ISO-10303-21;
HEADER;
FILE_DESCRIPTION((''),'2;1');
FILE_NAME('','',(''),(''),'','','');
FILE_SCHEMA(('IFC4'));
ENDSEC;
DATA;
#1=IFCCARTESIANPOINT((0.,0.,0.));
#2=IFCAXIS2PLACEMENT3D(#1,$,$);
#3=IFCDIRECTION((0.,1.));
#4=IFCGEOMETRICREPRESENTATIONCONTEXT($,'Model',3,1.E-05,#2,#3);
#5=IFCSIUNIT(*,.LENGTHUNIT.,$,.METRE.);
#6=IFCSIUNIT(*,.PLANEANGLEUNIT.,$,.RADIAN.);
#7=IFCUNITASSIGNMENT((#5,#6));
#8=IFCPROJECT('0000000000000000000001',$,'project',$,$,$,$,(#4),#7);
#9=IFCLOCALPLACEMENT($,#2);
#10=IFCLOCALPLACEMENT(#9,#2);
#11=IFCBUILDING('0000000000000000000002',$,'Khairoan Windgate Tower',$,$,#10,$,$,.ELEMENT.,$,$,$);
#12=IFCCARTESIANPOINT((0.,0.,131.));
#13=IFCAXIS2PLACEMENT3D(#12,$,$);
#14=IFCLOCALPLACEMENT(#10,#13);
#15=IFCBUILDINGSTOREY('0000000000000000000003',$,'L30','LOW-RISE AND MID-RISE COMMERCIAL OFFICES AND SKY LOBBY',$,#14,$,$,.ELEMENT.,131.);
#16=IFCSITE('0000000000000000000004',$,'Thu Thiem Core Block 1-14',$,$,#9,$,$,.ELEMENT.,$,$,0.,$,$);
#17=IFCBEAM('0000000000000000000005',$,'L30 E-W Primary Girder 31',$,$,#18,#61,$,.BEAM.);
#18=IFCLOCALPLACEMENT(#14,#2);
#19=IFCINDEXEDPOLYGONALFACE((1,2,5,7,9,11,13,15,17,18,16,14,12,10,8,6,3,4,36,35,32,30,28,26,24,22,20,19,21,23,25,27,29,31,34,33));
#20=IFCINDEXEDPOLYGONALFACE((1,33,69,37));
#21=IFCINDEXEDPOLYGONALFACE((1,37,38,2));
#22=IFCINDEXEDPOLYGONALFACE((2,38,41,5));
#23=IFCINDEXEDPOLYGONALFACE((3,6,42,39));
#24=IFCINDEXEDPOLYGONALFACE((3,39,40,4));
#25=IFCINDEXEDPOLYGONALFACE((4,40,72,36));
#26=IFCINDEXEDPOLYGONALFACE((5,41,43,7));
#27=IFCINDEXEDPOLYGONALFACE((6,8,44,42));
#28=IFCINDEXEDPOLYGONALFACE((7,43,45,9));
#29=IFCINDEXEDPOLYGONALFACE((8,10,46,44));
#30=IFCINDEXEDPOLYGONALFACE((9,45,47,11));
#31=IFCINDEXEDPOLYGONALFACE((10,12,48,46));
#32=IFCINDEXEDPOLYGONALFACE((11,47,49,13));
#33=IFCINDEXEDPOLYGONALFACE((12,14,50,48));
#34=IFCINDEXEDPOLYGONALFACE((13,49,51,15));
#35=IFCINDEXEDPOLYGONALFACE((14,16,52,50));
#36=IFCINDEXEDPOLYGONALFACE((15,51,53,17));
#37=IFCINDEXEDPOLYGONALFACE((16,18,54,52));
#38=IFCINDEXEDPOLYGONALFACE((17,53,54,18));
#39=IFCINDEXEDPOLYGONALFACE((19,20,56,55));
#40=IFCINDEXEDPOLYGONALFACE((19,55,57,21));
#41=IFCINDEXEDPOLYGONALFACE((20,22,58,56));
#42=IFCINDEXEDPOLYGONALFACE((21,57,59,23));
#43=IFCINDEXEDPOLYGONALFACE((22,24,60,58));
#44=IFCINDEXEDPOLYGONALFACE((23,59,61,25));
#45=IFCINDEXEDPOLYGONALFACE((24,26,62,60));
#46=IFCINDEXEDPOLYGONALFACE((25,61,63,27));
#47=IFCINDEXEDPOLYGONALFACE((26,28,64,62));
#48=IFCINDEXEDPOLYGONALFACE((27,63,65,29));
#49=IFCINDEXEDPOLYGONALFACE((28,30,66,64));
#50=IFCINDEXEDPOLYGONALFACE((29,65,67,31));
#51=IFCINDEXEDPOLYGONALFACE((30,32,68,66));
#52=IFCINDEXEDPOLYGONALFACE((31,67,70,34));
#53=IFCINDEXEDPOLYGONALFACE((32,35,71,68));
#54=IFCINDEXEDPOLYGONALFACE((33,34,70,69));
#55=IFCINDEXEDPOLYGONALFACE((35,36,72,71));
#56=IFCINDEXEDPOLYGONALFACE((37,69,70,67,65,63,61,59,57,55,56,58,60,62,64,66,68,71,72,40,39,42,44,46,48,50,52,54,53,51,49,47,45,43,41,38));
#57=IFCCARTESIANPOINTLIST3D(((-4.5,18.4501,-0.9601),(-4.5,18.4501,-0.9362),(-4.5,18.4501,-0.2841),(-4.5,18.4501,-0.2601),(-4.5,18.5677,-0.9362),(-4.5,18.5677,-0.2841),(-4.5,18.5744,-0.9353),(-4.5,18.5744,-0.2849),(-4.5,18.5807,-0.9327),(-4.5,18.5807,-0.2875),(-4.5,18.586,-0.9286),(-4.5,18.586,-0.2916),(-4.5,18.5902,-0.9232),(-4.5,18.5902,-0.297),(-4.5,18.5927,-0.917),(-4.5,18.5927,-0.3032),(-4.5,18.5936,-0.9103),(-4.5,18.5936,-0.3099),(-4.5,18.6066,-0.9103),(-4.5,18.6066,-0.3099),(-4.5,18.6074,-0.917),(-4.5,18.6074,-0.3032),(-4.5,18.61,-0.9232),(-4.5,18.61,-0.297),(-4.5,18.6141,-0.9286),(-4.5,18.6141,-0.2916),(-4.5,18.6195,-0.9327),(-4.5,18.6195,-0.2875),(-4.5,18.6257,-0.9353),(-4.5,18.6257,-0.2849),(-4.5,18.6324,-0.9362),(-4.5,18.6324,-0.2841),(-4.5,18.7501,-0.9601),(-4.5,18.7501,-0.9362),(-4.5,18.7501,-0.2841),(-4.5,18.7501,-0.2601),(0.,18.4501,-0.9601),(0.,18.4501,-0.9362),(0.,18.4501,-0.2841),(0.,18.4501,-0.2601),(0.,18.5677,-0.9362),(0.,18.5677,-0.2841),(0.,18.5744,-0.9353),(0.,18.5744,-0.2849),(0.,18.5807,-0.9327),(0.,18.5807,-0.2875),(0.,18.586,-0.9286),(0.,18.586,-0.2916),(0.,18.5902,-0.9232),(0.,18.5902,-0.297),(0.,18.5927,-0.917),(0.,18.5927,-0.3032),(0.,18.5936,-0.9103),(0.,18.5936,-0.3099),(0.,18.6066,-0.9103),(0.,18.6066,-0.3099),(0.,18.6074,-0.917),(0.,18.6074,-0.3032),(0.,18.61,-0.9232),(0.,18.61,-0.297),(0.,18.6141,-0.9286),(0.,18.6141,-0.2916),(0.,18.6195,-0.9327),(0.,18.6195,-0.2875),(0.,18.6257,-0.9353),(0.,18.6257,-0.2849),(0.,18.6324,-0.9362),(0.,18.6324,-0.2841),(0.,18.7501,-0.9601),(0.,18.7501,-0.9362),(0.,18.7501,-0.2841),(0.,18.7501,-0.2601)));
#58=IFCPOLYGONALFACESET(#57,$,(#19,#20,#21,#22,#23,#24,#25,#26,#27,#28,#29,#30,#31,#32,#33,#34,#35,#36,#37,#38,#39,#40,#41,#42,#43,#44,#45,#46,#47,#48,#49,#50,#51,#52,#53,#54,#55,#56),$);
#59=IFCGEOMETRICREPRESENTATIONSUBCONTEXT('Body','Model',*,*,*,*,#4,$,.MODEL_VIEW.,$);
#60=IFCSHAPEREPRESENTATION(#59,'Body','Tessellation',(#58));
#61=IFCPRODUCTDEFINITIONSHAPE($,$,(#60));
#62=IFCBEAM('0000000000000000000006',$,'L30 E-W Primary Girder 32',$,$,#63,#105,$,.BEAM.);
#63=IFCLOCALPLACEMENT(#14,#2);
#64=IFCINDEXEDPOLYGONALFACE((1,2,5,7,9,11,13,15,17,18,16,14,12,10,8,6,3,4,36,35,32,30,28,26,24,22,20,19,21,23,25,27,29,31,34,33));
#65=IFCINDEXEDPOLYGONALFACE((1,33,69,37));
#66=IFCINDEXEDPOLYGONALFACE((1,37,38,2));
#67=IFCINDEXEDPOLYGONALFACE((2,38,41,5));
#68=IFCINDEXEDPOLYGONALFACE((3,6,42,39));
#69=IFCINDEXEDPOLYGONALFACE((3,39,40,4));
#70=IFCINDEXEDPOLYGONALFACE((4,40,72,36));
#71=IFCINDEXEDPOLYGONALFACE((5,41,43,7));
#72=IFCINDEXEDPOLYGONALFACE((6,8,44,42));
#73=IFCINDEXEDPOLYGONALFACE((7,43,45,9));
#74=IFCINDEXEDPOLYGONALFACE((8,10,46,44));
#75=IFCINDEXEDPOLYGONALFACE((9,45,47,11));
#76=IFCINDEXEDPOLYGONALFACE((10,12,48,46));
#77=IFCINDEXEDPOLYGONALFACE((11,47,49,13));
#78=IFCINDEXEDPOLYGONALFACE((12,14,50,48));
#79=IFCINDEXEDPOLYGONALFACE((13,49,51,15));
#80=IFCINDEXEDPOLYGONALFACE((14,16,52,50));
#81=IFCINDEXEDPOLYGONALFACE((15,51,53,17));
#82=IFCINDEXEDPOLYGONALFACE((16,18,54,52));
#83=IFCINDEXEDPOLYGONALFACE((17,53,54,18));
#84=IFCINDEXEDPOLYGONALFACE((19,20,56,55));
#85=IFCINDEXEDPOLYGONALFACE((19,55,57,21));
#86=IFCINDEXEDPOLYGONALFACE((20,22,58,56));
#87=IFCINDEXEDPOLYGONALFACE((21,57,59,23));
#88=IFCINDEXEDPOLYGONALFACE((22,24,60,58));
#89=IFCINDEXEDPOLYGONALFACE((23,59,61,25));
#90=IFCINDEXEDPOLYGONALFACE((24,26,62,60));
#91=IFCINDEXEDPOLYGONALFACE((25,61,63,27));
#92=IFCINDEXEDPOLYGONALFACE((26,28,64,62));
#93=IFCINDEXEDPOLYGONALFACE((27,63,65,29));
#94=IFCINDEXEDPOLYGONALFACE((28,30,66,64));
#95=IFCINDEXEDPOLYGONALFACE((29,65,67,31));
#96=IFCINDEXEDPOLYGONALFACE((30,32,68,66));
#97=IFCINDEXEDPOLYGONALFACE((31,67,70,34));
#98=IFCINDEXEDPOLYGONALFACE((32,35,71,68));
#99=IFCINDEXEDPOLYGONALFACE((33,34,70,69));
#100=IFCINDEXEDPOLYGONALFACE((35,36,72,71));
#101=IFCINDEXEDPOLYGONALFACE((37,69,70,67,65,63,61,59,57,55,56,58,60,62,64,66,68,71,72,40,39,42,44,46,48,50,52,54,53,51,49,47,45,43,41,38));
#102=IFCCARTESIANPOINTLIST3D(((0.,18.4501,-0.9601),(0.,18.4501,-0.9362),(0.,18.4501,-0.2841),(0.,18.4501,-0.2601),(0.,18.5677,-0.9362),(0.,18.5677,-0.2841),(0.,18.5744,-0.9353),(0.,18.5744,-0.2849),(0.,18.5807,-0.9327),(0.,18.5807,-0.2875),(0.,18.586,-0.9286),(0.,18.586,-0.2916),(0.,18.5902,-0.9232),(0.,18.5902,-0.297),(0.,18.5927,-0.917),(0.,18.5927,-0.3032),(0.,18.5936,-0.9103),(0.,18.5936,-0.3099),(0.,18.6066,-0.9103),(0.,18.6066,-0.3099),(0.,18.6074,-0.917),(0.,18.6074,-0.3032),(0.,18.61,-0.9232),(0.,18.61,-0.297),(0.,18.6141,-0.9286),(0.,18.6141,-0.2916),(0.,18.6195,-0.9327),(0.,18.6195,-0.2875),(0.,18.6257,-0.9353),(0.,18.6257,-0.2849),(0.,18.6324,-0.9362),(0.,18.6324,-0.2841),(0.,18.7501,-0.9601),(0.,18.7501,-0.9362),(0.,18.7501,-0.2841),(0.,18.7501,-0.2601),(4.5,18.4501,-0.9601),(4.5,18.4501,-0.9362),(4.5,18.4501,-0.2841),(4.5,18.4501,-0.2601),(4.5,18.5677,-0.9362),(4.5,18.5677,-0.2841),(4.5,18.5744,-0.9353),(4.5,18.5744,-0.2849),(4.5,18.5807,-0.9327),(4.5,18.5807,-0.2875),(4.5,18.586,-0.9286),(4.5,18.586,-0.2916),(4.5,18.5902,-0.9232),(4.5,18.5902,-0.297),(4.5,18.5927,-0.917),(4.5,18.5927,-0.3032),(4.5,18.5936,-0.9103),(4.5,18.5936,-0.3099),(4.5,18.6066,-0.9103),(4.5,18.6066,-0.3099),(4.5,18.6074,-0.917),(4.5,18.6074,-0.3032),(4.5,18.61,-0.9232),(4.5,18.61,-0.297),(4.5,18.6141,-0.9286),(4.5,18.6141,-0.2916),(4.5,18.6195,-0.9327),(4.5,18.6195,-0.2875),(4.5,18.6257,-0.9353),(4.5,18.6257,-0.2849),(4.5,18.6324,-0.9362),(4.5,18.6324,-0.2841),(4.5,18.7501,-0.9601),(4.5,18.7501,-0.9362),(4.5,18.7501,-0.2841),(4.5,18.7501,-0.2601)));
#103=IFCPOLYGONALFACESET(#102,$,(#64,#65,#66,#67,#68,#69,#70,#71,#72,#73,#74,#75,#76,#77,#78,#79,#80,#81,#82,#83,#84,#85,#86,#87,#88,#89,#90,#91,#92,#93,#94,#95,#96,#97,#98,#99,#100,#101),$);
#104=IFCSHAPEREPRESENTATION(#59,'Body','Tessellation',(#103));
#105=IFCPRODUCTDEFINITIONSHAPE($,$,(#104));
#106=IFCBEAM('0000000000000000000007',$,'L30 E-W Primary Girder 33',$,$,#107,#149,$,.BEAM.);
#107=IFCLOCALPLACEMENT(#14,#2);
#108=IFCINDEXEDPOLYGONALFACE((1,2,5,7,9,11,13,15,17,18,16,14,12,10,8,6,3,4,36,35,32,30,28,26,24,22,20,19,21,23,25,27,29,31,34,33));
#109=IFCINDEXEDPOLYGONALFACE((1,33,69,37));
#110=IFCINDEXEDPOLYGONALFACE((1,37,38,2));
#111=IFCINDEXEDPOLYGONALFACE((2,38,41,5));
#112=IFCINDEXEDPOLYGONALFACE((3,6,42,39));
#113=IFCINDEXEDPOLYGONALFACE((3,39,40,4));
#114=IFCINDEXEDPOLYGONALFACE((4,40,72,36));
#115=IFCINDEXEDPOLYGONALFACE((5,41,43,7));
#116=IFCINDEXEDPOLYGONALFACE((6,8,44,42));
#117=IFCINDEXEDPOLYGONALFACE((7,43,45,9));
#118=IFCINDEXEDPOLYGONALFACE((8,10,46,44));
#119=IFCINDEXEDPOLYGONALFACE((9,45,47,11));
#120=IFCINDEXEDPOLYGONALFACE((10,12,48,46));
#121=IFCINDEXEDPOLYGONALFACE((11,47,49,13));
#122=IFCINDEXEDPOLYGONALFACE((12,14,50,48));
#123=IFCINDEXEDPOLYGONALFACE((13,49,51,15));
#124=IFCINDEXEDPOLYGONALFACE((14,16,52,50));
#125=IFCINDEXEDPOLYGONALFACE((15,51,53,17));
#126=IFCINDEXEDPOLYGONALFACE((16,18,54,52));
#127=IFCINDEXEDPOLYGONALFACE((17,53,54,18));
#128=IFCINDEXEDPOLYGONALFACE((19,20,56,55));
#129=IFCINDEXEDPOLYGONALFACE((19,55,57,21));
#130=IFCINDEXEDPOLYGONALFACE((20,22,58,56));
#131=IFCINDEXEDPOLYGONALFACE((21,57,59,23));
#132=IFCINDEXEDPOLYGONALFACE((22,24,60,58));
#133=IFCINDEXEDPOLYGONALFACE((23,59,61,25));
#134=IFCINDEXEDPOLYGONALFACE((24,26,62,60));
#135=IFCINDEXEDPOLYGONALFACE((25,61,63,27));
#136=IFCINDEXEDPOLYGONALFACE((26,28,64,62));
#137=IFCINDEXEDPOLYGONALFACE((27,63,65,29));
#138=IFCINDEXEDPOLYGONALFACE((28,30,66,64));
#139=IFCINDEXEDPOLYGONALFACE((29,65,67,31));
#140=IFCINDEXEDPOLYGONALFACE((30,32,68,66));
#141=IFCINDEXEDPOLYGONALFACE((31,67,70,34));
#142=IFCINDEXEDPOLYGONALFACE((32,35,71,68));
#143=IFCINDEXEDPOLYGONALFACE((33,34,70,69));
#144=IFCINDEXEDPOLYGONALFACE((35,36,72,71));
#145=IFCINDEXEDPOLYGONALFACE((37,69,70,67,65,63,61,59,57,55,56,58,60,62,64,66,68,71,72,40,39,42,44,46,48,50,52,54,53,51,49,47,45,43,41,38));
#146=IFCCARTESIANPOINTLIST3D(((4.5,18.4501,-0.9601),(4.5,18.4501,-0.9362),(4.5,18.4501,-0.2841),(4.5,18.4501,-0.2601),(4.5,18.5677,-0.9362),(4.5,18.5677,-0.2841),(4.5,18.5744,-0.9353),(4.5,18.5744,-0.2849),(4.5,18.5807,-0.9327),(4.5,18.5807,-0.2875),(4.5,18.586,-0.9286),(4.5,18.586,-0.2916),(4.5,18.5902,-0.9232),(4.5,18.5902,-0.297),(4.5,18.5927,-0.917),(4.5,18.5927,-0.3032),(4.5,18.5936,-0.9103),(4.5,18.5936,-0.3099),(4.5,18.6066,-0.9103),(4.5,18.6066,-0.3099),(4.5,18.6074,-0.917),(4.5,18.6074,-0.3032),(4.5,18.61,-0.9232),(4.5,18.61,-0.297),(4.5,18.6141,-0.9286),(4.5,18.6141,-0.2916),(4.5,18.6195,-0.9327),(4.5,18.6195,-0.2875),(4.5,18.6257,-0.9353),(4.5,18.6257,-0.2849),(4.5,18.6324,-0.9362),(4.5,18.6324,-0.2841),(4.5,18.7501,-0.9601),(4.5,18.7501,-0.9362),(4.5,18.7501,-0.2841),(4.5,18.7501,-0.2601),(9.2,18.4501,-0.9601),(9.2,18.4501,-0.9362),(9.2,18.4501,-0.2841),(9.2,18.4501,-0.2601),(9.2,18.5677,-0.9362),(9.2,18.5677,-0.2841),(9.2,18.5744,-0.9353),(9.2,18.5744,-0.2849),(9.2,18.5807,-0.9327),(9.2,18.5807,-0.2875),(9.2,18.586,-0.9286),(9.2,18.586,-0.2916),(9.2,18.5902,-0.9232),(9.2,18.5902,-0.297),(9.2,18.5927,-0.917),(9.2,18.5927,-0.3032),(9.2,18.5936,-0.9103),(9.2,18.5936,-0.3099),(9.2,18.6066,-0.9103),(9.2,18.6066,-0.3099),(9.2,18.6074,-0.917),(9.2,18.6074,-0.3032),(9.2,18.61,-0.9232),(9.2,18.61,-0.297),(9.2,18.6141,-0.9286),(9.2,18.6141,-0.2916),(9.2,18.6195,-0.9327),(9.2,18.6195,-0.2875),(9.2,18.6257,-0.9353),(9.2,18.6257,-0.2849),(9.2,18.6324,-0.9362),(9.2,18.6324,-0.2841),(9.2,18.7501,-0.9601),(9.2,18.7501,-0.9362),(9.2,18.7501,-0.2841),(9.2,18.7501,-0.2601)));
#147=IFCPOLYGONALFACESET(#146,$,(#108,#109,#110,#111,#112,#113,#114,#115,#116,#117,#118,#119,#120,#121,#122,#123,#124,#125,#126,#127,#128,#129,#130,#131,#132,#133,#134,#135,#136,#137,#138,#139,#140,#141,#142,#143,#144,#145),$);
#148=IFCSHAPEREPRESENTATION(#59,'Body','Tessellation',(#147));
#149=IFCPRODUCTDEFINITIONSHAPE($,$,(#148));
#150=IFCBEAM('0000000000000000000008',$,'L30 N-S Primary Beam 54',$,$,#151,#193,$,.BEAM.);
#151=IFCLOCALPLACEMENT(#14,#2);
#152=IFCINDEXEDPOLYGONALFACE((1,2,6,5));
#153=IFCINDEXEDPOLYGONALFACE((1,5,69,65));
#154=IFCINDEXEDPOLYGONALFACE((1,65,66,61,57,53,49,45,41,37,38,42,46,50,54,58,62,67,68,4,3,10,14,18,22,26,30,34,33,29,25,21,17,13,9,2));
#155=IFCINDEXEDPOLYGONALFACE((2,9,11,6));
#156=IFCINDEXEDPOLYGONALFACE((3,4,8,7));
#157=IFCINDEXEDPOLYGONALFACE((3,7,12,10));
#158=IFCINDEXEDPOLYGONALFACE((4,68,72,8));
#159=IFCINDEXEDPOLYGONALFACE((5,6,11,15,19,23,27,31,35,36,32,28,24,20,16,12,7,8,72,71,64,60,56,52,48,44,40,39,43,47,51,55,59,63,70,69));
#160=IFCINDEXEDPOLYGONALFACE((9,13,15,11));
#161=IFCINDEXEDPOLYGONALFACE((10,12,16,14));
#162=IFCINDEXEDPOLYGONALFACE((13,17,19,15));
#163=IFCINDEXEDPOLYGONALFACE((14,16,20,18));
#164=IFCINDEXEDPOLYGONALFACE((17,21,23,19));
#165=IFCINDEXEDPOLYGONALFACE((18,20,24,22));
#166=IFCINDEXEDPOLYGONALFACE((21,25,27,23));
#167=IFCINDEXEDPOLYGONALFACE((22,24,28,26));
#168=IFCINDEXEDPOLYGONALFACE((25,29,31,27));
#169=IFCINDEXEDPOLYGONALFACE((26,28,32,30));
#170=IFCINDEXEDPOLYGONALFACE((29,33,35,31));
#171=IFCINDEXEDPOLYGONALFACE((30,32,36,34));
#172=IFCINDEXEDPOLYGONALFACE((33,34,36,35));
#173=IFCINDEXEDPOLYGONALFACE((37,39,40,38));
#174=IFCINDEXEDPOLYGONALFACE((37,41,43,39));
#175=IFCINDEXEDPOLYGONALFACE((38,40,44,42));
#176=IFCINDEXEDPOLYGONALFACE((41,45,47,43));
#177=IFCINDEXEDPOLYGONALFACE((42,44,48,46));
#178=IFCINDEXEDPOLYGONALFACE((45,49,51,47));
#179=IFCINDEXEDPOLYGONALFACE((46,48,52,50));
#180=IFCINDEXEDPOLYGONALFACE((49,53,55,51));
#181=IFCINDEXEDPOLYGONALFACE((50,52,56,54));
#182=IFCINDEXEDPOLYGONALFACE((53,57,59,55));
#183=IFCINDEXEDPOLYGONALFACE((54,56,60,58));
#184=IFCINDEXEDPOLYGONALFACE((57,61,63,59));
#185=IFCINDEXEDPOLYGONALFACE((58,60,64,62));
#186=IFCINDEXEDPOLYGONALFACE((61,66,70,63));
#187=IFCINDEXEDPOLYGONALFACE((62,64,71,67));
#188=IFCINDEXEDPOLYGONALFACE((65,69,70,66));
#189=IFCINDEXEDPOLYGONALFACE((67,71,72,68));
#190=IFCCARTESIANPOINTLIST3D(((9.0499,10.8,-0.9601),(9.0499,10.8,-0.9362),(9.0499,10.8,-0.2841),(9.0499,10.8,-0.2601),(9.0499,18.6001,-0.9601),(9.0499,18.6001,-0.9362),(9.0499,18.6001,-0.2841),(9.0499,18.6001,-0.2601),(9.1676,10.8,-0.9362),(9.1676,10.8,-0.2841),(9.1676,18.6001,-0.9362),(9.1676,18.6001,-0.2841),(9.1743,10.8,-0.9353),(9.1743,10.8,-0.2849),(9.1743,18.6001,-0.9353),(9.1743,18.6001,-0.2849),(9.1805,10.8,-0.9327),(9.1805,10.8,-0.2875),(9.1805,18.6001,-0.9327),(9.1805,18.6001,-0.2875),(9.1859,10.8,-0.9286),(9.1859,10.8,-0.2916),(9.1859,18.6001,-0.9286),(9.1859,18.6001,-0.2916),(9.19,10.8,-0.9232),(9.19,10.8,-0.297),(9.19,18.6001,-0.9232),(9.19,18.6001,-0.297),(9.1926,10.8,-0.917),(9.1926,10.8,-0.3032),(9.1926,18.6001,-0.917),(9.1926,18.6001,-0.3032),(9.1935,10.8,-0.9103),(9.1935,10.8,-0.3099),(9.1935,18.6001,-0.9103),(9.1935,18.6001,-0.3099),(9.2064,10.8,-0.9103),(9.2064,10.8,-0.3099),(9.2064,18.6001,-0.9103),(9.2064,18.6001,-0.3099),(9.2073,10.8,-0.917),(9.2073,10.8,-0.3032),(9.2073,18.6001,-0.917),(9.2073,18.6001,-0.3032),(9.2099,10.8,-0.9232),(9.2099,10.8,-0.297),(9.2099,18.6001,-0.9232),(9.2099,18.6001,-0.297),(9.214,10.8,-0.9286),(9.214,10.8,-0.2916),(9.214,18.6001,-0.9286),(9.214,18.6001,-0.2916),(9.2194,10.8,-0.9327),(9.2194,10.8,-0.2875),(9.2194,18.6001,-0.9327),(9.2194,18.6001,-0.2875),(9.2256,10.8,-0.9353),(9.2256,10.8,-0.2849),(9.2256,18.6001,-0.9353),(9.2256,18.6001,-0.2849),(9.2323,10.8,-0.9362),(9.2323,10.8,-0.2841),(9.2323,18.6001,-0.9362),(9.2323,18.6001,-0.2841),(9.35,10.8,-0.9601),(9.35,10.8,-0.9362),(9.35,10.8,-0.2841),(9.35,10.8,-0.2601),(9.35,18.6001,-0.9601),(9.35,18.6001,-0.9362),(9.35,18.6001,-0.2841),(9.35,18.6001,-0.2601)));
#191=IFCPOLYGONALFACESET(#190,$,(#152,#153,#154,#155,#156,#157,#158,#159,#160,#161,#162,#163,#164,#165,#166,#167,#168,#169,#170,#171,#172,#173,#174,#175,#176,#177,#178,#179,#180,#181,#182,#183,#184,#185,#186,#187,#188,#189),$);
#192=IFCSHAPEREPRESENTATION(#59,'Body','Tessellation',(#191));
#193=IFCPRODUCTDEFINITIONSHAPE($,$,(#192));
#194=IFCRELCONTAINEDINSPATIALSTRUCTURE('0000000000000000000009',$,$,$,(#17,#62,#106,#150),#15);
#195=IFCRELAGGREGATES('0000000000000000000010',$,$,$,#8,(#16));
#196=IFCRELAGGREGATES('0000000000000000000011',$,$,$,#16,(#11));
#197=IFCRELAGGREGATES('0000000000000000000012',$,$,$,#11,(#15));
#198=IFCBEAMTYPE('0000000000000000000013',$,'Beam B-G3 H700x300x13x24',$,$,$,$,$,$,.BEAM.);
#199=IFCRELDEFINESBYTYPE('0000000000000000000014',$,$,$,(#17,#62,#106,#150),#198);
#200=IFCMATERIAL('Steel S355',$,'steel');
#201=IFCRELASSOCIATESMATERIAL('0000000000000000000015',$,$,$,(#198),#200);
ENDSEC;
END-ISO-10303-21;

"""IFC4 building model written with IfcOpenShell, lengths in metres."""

from ifc_helpers import new_model, si_unit, direction, frame, origin, origin_2d, place, context, subcontext, project, spatial, i_section, extrude, material, material_profile, profile_set, type_object, element, save


model = new_model("IFC4")

# Units and contexts
model_context = context("Model", 3, precision=1e-05, world=origin(), true_north=direction((0.0, 1.0)))
body_context = subcontext(model_context, "Body", "Model", "MODEL_VIEW")
ifc_project = project(units=[si_unit("LENGTHUNIT", "METRE"), si_unit("PLANEANGLEUNIT", "RADIAN")], contexts=[model_context])

# Site, building, storey
site_placement = place(None, origin())
site = spatial("IfcSite", under=ifc_project, at=site_placement, Name="Thu Thiem Core Block 1-14", CompositionType="ELEMENT", RefElevation=0.0)
building_placement = place(site_placement, origin())
building = spatial("IfcBuilding", under=site, at=building_placement, Name="Khairoan Windgate Tower", CompositionType="ELEMENT")
storey_placement = place(building_placement, frame((0.0, 0.0, 131.0)))
storey = spatial("IfcBuildingStorey", under=building, at=storey_placement, Name="L30", Description="LOW-RISE AND MID-RISE COMMERCIAL OFFICES AND SKY LOBBY", CompositionType="ELEMENT", Elevation=131.0)

# Beams
ifc_material_1 = material(Name="Steel S355", Category="steel")
ifc_material_profile_1 = material_profile(ifc_material_1, i_section(OverallWidth=0.3, OverallDepth=0.7, WebThickness=0.0129, FlangeThickness=0.0239, FilletRadius=0.0259, at=origin_2d()))
ifc_profile_set_1 = profile_set([ifc_material_profile_1], Name="Steel S355")
beam_type_1 = type_object("IfcBeamType", Name="Beam B-G3 H700x300x13x24", PredefinedType="BEAM", material=ifc_profile_set_1)
for number, where, z_axis, x_axis, name in (
    (1, (-4.5, 18.6001, -0.6101), (1.0, 0.0, 0.0), (0.0, 1.0, 0.0), "L30 E-W Primary Girder 31"),
    (2, (0.0, 18.6001, -0.6101), (1.0, 0.0, 0.0), (0.0, 1.0, 0.0), "L30 E-W Primary Girder 32"),
):
    element("IfcBeam", number, at=place(storey_placement, frame(where, z_axis=z_axis, x_axis=x_axis)), inside=storey, type_object=beam_type_1, Name=name, PredefinedType="BEAM", context=body_context, shape_type="SweptSolid", body=[
        extrude(i_section(OverallWidth=0.3, OverallDepth=0.7, WebThickness=0.0129, FlangeThickness=0.0239, FilletRadius=0.0259, at=origin_2d()), origin(), (0.0, 0.0, 1.0), 4.5),
    ])
beam_1_placement = place(storey_placement, frame((4.5, 18.6001, -0.6101), z_axis=(1.0, 0.0, 0.0), x_axis=(0.0, 1.0, 0.0)))
element("IfcBeam", 3, at=beam_1_placement, inside=storey, type_object=beam_type_1, Name="L30 E-W Primary Girder 33", PredefinedType="BEAM", context=body_context, shape_type="SweptSolid", body=[
    extrude(i_section(OverallWidth=0.3, OverallDepth=0.7, WebThickness=0.0129, FlangeThickness=0.0239, FilletRadius=0.0259, at=origin_2d()), origin(), (0.0, 0.0, 1.0), 4.7),
])
beam_2_placement = place(storey_placement, frame((9.2, 10.8, -0.6101), z_axis=(0.0, 1.0, 0.0), x_axis=(-1.0, 0.0, 0.0)))
element("IfcBeam", 4, at=beam_2_placement, inside=storey, type_object=beam_type_1, Name="L30 N-S Primary Beam 54", PredefinedType="BEAM", context=body_context, shape_type="SweptSolid", body=[
    extrude(i_section(OverallWidth=0.3, OverallDepth=0.7, WebThickness=0.0129, FlangeThickness=0.0239, FilletRadius=0.0259, at=origin_2d()), origin(), (0.0, 0.0, 1.0), 7.8),
])

save(model, "model.ifc")
